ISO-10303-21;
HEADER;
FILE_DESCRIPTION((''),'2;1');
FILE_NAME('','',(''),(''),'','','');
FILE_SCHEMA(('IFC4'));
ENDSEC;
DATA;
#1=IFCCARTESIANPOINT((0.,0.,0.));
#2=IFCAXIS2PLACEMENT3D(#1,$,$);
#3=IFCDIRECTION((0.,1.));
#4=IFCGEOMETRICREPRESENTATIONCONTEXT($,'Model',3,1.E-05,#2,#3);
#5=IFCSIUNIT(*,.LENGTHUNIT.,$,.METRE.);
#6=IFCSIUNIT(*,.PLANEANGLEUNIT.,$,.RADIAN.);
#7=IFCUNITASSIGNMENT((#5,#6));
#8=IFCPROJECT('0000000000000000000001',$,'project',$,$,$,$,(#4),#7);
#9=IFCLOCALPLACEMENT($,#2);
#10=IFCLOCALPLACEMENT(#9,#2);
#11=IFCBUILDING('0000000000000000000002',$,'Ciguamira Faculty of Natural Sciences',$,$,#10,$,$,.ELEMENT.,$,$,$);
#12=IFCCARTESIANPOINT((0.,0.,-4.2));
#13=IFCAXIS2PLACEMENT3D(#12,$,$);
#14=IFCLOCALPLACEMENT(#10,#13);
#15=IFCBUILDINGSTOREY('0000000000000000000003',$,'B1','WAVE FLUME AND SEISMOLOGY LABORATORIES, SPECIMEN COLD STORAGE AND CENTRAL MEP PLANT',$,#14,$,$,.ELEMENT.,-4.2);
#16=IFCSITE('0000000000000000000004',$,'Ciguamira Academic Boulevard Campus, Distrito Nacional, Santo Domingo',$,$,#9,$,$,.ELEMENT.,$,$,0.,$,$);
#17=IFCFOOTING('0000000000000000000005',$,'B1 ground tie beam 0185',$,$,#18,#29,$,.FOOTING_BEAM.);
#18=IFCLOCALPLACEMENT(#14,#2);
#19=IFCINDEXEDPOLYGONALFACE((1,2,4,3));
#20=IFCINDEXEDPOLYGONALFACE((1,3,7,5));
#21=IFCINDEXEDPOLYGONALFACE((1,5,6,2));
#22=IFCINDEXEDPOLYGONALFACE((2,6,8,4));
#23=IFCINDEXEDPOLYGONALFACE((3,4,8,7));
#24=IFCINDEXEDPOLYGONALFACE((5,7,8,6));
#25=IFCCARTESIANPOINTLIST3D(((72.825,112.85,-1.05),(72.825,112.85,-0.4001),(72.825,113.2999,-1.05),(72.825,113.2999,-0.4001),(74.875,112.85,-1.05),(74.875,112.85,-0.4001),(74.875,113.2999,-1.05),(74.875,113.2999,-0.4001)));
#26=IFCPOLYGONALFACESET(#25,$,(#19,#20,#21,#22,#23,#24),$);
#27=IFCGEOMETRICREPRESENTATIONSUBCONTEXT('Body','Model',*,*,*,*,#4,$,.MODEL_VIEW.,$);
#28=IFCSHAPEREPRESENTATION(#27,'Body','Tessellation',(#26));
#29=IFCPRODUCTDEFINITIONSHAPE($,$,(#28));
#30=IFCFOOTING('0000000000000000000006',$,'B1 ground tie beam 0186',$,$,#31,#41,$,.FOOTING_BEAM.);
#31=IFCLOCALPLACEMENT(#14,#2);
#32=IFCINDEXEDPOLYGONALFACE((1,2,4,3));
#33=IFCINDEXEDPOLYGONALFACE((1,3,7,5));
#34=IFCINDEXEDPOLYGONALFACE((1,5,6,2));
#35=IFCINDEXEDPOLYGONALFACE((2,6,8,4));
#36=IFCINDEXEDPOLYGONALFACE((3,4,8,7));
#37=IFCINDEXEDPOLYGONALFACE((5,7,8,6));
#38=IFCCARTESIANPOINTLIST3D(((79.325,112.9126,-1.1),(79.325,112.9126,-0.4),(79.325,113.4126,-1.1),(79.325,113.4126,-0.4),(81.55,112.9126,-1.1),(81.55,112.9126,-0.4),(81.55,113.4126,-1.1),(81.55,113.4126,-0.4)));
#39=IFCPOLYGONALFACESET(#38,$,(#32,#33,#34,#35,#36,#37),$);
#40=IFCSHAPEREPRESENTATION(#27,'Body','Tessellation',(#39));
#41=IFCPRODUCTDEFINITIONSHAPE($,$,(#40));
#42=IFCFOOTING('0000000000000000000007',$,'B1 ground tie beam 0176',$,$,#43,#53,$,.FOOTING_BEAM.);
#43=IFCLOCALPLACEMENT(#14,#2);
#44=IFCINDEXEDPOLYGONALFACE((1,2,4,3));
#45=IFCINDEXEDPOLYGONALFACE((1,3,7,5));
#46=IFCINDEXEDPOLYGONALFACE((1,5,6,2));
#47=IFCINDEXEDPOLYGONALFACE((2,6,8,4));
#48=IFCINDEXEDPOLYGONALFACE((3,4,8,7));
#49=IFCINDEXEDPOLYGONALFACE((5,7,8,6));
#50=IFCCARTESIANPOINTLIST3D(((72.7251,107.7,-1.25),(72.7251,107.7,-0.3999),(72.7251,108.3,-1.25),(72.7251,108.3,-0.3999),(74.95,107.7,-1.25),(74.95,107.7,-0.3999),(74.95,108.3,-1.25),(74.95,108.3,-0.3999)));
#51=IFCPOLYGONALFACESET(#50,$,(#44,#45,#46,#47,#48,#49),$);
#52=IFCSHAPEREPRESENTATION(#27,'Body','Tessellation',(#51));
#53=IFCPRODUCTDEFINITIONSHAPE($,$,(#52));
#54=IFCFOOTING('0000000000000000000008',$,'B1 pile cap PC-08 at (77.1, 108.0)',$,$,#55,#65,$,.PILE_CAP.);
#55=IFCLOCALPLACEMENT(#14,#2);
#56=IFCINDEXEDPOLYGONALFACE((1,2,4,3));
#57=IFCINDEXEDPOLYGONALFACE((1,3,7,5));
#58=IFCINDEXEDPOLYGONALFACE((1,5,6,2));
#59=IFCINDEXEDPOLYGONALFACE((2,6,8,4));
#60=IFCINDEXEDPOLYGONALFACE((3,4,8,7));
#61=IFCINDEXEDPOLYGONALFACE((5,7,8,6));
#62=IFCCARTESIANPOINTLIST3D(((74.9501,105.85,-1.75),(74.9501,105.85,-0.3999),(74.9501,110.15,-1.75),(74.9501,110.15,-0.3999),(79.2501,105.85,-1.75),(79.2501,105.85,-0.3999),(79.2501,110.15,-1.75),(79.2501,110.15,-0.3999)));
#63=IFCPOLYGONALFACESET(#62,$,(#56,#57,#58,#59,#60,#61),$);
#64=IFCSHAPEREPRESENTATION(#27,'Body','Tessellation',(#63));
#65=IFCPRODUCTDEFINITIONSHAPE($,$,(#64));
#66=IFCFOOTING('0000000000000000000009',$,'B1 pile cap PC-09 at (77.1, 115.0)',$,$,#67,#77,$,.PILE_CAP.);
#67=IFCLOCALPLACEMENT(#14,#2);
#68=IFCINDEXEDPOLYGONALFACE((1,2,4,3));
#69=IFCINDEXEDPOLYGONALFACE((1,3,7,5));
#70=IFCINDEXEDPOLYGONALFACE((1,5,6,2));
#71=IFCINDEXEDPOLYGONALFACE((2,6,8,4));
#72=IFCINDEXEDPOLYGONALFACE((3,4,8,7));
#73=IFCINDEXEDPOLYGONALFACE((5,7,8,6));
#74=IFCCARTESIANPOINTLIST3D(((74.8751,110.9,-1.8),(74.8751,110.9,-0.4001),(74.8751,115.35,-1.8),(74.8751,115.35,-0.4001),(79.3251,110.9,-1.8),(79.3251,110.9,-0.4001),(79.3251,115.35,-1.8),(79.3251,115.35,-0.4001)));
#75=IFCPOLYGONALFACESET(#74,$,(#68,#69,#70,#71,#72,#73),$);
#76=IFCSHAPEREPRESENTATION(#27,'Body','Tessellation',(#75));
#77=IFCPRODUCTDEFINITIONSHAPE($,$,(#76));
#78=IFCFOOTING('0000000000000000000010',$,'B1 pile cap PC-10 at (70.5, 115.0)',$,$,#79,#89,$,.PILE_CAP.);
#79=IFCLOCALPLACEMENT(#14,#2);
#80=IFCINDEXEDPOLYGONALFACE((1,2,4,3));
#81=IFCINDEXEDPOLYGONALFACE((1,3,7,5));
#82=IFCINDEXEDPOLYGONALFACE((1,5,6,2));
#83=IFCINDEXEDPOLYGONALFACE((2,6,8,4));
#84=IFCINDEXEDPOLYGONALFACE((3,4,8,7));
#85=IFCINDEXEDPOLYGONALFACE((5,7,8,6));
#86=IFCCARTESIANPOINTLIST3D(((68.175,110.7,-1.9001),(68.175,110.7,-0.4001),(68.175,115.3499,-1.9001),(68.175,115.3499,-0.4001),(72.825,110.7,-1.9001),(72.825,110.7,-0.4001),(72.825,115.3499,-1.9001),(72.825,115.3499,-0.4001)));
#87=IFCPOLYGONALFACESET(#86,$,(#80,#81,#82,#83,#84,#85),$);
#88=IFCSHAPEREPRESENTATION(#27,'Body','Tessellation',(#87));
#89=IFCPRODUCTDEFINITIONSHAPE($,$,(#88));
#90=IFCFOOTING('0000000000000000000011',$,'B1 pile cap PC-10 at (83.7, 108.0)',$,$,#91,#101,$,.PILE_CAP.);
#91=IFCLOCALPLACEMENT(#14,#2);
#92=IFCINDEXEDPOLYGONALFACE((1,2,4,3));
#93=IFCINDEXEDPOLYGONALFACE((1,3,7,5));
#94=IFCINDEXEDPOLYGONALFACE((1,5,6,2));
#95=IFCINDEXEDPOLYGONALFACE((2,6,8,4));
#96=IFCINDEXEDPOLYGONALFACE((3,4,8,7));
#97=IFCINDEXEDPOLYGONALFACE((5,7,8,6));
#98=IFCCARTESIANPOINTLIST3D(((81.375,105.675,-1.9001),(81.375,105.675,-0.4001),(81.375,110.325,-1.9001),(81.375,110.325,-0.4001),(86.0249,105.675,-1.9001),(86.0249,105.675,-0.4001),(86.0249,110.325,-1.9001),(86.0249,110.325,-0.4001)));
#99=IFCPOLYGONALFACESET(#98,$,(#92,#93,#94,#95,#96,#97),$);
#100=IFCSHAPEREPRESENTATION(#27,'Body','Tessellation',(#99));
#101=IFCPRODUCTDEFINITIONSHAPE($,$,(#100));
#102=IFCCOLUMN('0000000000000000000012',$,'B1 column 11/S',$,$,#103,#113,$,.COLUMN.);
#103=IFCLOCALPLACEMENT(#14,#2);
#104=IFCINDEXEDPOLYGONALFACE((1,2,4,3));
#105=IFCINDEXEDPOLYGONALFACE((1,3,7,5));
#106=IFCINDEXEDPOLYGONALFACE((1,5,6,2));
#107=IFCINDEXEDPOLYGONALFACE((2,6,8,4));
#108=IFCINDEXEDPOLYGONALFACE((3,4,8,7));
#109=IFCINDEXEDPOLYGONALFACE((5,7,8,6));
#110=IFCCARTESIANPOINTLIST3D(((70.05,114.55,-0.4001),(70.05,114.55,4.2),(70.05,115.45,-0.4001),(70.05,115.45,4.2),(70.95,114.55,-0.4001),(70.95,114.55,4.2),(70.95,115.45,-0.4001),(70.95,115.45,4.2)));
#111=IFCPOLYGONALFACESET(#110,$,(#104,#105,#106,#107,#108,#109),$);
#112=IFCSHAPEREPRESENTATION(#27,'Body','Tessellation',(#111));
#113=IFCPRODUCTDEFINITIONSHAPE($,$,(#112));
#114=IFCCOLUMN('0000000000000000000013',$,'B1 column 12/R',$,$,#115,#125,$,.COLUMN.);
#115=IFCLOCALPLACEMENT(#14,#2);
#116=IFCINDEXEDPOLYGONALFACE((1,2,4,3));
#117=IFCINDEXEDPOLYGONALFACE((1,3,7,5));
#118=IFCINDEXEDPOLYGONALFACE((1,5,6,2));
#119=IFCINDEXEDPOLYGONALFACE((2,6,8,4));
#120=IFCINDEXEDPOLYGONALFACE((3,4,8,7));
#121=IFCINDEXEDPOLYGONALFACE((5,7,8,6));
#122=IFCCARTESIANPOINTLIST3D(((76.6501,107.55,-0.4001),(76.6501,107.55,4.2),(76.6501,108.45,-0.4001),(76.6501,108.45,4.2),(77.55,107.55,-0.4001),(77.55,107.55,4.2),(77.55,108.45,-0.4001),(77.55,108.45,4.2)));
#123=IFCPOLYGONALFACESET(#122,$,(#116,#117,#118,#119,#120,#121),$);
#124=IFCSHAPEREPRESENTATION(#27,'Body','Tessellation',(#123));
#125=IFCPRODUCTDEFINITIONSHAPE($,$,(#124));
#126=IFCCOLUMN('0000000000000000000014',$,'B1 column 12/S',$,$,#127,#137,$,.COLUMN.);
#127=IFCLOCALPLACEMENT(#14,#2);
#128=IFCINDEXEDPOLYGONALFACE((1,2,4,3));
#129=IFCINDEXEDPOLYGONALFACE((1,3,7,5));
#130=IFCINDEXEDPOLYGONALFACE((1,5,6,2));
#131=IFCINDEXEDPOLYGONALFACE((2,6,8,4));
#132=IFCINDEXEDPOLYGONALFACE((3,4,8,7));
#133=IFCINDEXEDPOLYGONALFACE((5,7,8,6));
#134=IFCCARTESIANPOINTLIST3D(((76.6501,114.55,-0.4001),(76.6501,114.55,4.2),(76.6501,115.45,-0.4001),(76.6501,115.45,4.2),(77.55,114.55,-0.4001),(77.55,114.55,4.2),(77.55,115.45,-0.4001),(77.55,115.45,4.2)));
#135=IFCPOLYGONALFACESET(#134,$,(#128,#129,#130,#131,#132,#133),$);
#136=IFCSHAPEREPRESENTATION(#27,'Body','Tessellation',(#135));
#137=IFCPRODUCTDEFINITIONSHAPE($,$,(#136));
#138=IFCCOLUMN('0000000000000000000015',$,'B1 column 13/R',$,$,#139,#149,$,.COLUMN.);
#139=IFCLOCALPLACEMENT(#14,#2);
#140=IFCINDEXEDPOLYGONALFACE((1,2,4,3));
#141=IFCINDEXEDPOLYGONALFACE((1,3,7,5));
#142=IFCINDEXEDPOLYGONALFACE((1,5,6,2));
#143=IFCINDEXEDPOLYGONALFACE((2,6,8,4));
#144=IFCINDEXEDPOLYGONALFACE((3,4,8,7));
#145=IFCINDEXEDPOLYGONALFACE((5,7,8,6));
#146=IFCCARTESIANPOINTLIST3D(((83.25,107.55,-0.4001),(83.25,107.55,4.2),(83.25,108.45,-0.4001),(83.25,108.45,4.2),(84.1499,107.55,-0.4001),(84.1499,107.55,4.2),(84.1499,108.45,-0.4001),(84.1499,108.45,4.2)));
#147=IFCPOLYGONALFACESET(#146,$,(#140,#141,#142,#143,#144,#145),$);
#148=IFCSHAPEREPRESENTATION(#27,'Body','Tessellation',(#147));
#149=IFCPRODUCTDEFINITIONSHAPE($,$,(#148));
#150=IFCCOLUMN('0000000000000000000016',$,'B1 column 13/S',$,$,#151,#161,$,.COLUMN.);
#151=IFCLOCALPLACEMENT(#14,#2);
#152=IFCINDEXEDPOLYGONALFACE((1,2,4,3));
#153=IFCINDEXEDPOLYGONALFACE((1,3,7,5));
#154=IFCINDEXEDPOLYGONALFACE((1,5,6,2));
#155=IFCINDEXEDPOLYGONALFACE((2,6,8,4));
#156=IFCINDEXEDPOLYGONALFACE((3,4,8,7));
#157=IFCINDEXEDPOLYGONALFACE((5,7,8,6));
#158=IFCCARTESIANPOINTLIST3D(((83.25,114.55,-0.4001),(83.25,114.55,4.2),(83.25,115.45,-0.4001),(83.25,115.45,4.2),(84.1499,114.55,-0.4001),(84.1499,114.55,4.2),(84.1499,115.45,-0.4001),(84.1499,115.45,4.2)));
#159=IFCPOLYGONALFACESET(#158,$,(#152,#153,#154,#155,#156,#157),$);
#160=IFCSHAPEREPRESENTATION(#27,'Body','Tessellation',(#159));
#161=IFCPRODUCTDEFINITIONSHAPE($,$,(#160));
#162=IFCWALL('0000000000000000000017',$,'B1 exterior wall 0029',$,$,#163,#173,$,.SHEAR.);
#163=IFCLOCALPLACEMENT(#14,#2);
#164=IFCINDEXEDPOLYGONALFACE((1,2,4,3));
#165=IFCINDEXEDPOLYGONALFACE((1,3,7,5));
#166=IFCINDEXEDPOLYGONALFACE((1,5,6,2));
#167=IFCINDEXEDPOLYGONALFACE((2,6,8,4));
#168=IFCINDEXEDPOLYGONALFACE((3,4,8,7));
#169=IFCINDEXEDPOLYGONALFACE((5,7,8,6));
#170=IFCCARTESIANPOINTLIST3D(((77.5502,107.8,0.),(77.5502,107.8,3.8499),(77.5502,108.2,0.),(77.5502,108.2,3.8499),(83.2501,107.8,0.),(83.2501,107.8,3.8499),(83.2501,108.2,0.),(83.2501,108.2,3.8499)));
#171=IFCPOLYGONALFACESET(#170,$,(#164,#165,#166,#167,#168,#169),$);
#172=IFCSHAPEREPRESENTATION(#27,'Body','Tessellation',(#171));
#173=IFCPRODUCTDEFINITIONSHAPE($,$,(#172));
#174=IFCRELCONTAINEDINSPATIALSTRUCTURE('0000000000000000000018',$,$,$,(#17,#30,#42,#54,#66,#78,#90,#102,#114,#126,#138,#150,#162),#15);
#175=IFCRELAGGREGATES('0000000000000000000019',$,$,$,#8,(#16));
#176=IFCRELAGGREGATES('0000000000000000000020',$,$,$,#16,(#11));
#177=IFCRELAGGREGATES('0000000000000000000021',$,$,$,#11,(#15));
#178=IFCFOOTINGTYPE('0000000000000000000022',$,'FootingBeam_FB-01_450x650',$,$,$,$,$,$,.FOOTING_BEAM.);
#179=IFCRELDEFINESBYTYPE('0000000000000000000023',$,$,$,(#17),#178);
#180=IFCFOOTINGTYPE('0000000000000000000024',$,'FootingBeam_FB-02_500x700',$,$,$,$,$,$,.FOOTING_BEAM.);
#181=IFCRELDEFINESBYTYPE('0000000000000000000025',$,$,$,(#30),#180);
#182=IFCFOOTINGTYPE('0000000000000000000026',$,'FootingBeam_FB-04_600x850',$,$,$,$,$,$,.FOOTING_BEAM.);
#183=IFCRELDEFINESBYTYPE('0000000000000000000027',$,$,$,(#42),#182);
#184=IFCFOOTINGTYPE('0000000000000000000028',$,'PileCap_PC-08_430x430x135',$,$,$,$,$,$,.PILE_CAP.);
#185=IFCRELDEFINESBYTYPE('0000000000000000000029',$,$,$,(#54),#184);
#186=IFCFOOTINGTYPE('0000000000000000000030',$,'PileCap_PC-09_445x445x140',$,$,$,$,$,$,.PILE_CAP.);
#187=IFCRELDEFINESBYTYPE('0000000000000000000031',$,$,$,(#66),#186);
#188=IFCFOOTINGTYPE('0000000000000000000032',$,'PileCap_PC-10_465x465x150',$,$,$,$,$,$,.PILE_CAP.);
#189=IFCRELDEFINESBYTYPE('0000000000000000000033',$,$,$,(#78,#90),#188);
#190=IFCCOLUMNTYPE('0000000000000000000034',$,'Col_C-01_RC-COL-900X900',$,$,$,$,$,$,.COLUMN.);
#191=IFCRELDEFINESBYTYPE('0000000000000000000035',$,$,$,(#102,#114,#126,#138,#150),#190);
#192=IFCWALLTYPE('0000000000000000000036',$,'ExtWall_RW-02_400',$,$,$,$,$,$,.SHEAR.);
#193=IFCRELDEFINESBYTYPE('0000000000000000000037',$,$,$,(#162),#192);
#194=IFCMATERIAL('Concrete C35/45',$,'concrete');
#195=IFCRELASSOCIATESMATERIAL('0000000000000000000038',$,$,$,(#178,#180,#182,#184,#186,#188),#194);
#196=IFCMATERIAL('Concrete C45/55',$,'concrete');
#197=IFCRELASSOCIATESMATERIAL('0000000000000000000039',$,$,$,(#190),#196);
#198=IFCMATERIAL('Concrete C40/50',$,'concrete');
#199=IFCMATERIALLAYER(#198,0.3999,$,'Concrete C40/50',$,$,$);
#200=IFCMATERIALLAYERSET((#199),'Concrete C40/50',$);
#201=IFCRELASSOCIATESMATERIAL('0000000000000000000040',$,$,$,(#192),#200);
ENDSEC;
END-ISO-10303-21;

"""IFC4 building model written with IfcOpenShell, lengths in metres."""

from ifc_helpers import new_model, si_unit, direction, frame, frame_2d, origin, origin_2d, place, context, subcontext, project, spatial, rectangle, extrude, material, layer, layer_set, material_profile, profile_set, type_object, element, save


model = new_model("IFC4")

# Units and contexts
model_context = context("Model", 3, precision=1e-05, world=origin(), true_north=direction((0.0, 1.0)))
body_context = subcontext(model_context, "Body", "Model", "MODEL_VIEW")
ifc_project = project(units=[si_unit("LENGTHUNIT", "METRE"), si_unit("PLANEANGLEUNIT", "RADIAN")], contexts=[model_context])

# Site, building, storey
site_placement = place(None, origin())
site = spatial("IfcSite", under=ifc_project, at=site_placement, Name="Ciguamira Academic Boulevard Campus, Distrito Nacional, Santo Domingo", CompositionType="ELEMENT", RefElevation=0.0)
building_placement = place(site_placement, origin())
building = spatial("IfcBuilding", under=site, at=building_placement, Name="Ciguamira Faculty of Natural Sciences", CompositionType="ELEMENT")
storey_placement = place(building_placement, frame((0.0, 0.0, -4.2)))
storey = spatial("IfcBuildingStorey", under=building, at=storey_placement, Name="B1", Description="WAVE FLUME AND SEISMOLOGY LABORATORIES, SPECIMEN COLD STORAGE AND CENTRAL MEP PLANT", CompositionType="ELEMENT", Elevation=-4.2)

# Shared definitions
ifc_material_1 = material(Name="Concrete C35/45", Category="concrete")

# Footings
ifc_material_profile_1 = material_profile(ifc_material_1, rectangle(XDim=0.45, YDim=0.6499, at=origin_2d()), Name="RC-FB-450X650")
ifc_profile_set_1 = profile_set([ifc_material_profile_1], Name="Concrete C35/45")
footing_type_1 = type_object("IfcFootingType", Name="FootingBeam_FB-01_450x650", PredefinedType="FOOTING_BEAM", material=ifc_profile_set_1)
footing_1_placement = place(storey_placement, frame((72.825, 113.075, -0.7251), z_axis=(1.0, 0.0, 0.0), x_axis=(0.0, 1.0, 0.0)))
element("IfcFooting", 1, at=footing_1_placement, inside=storey, type_object=footing_type_1, Name="B1 ground tie beam 0185", PredefinedType="FOOTING_BEAM", context=body_context, shape_type="SweptSolid", body=[
    extrude(rectangle(XDim=0.45, YDim=0.6499, at=origin_2d()), origin(), (0.0, 0.0, 1.0), 2.05),
])
ifc_material_profile_2 = material_profile(ifc_material_1, rectangle(XDim=0.5, YDim=0.7, at=origin_2d()), Name="RC-FB-500X700")
ifc_profile_set_2 = profile_set([ifc_material_profile_2], Name="Concrete C35/45")
footing_type_2 = type_object("IfcFootingType", Name="FootingBeam_FB-02_500x700", PredefinedType="FOOTING_BEAM", material=ifc_profile_set_2)
footing_2_placement = place(storey_placement, frame((79.325, 113.1626, -0.75), z_axis=(1.0, 0.0, 0.0), x_axis=(0.0, 1.0, 0.0)))
element("IfcFooting", 2, at=footing_2_placement, inside=storey, type_object=footing_type_2, Name="B1 ground tie beam 0186", PredefinedType="FOOTING_BEAM", context=body_context, shape_type="SweptSolid", body=[
    extrude(rectangle(XDim=0.5, YDim=0.7, at=origin_2d()), origin(), (0.0, 0.0, 1.0), 2.2251),
])
ifc_material_profile_3 = material_profile(ifc_material_1, rectangle(XDim=0.6001, YDim=0.8501, at=origin_2d()), Name="RC-FB-600X850")
ifc_profile_set_3 = profile_set([ifc_material_profile_3], Name="Concrete C35/45")
footing_type_3 = type_object("IfcFootingType", Name="FootingBeam_FB-04_600x850", PredefinedType="FOOTING_BEAM", material=ifc_profile_set_3)
footing_3_placement = place(storey_placement, frame((72.7251, 108.0, -0.825), z_axis=(1.0, 0.0, 0.0), x_axis=(0.0, 1.0, 0.0)))
element("IfcFooting", 3, at=footing_3_placement, inside=storey, type_object=footing_type_3, Name="B1 ground tie beam 0176", PredefinedType="FOOTING_BEAM", context=body_context, shape_type="SweptSolid", body=[
    extrude(rectangle(XDim=0.6001, YDim=0.8501, at=origin_2d()), origin(), (0.0, 0.0, 1.0), 2.2249),
])
footing_type_4 = type_object("IfcFootingType", Name="PileCap_PC-08_430x430x135", PredefinedType="PILE_CAP", material=ifc_material_1)
footing_4_placement = place(storey_placement, frame((77.1001, 108.0, -1.75), z_axis=(0.0, 0.0, 1.0), x_axis=(1.0, 0.0, 0.0)))
element("IfcFooting", 4, at=footing_4_placement, inside=storey, type_object=footing_type_4, Name="B1 pile cap PC-08 at (77.1, 108.0)", PredefinedType="PILE_CAP", context=body_context, shape_type="SweptSolid", body=[
    extrude(rectangle(XDim=4.3, YDim=4.3, at=origin_2d()), origin(), (0.0, 0.0, 1.0), 1.3501),
])
footing_type_5 = type_object("IfcFootingType", Name="PileCap_PC-09_445x445x140", PredefinedType="PILE_CAP", material=ifc_material_1)
footing_5_placement = place(storey_placement, frame((77.1001, 113.125, -1.8), z_axis=(0.0, 0.0, 1.0), x_axis=(1.0, 0.0, 0.0)))
element("IfcFooting", 5, at=footing_5_placement, inside=storey, type_object=footing_type_5, Name="B1 pile cap PC-09 at (77.1, 115.0)", PredefinedType="PILE_CAP", context=body_context, shape_type="SweptSolid", body=[
    extrude(rectangle(XDim=4.45, YDim=4.45, at=origin_2d()), origin(), (0.0, 0.0, 1.0), 1.3999),
])
footing_type_6 = type_object("IfcFootingType", Name="PileCap_PC-10_465x465x150", PredefinedType="PILE_CAP", material=ifc_material_1)
for number, where, z_axis, x_axis, name in (
    (6, (70.5, 113.0249, -1.9001), (0.0, 0.0, 1.0), (1.0, 0.0, 0.0), "B1 pile cap PC-10 at (70.5, 115.0)"),
    (7, (83.7, 108.0, -1.9001), (0.0, 0.0, 1.0), (1.0, 0.0, 0.0), "B1 pile cap PC-10 at (83.7, 108.0)"),
):
    element("IfcFooting", number, at=place(storey_placement, frame(where, z_axis=z_axis, x_axis=x_axis)), inside=storey, type_object=footing_type_6, Name=name, PredefinedType="PILE_CAP", context=body_context, shape_type="SweptSolid", body=[
        extrude(rectangle(XDim=4.6499, YDim=4.6499, at=origin_2d()), origin(), (0.0, 0.0, 1.0), 1.5),
    ])

# Columns
ifc_material_2 = material(Name="Concrete C45/55", Category="concrete")
ifc_material_profile_4 = material_profile(ifc_material_2, rectangle(XDim=0.8999, YDim=0.8999, at=origin_2d()), Name="RC-COL-900X900")
ifc_profile_set_4 = profile_set([ifc_material_profile_4], Name="Concrete C45/55")
column_type = type_object("IfcColumnType", Name="Col_C-01_RC-COL-900X900", PredefinedType="COLUMN", material=ifc_profile_set_4)
for number, where, z_axis, x_axis, name in (
    (8, (70.5, 115.0, -0.4001), (0.0, 0.0, 1.0), (1.0, 0.0, 0.0), "B1 column 11/S"),
    (9, (77.1001, 108.0, -0.4001), (0.0, 0.0, 1.0), (1.0, 0.0, 0.0), "B1 column 12/R"),
    (10, (77.1001, 115.0, -0.4001), (0.0, 0.0, 1.0), (1.0, 0.0, 0.0), "B1 column 12/S"),
    (11, (83.7, 108.0, -0.4001), (0.0, 0.0, 1.0), (1.0, 0.0, 0.0), "B1 column 13/R"),
    (12, (83.7, 115.0, -0.4001), (0.0, 0.0, 1.0), (1.0, 0.0, 0.0), "B1 column 13/S"),
):
    element("IfcColumn", number, at=place(storey_placement, frame(where, z_axis=z_axis, x_axis=x_axis)), inside=storey, type_object=column_type, Name=name, PredefinedType="COLUMN", context=body_context, shape_type="SweptSolid", body=[
        extrude(rectangle(XDim=0.8999, YDim=0.8999, at=origin_2d()), origin(), (0.0, 0.0, 1.0), 4.6001),
    ])

# Wall
ifc_material_3 = material(Name="Concrete C40/50", Category="concrete")
ifc_layer = layer(ifc_material_3, 0.3999, Name="Concrete C40/50")
ifc_layer_set = layer_set([ifc_layer], Name="Concrete C40/50")
wall_type = type_object("IfcWallType", Name="ExtWall_RW-02_400", PredefinedType="SHEAR", material=ifc_layer_set)
wall_placement = place(storey_placement, frame((77.55, 108.0, 0.0), z_axis=(0.0, 0.0, 1.0), x_axis=(1.0, 0.0, 0.0)))
element("IfcWall", 13, at=wall_placement, inside=storey, type_object=wall_type, Name="B1 exterior wall 0029", PredefinedType="SHEAR", context=body_context, shape_type="SweptSolid", body=[
    extrude(rectangle(XDim=5.7, YDim=0.3999, at=frame_2d((2.8501, 0.0))), origin(), (0.0, 0.0, 1.0), 3.8499),
])

save(model, "model.ifc")
